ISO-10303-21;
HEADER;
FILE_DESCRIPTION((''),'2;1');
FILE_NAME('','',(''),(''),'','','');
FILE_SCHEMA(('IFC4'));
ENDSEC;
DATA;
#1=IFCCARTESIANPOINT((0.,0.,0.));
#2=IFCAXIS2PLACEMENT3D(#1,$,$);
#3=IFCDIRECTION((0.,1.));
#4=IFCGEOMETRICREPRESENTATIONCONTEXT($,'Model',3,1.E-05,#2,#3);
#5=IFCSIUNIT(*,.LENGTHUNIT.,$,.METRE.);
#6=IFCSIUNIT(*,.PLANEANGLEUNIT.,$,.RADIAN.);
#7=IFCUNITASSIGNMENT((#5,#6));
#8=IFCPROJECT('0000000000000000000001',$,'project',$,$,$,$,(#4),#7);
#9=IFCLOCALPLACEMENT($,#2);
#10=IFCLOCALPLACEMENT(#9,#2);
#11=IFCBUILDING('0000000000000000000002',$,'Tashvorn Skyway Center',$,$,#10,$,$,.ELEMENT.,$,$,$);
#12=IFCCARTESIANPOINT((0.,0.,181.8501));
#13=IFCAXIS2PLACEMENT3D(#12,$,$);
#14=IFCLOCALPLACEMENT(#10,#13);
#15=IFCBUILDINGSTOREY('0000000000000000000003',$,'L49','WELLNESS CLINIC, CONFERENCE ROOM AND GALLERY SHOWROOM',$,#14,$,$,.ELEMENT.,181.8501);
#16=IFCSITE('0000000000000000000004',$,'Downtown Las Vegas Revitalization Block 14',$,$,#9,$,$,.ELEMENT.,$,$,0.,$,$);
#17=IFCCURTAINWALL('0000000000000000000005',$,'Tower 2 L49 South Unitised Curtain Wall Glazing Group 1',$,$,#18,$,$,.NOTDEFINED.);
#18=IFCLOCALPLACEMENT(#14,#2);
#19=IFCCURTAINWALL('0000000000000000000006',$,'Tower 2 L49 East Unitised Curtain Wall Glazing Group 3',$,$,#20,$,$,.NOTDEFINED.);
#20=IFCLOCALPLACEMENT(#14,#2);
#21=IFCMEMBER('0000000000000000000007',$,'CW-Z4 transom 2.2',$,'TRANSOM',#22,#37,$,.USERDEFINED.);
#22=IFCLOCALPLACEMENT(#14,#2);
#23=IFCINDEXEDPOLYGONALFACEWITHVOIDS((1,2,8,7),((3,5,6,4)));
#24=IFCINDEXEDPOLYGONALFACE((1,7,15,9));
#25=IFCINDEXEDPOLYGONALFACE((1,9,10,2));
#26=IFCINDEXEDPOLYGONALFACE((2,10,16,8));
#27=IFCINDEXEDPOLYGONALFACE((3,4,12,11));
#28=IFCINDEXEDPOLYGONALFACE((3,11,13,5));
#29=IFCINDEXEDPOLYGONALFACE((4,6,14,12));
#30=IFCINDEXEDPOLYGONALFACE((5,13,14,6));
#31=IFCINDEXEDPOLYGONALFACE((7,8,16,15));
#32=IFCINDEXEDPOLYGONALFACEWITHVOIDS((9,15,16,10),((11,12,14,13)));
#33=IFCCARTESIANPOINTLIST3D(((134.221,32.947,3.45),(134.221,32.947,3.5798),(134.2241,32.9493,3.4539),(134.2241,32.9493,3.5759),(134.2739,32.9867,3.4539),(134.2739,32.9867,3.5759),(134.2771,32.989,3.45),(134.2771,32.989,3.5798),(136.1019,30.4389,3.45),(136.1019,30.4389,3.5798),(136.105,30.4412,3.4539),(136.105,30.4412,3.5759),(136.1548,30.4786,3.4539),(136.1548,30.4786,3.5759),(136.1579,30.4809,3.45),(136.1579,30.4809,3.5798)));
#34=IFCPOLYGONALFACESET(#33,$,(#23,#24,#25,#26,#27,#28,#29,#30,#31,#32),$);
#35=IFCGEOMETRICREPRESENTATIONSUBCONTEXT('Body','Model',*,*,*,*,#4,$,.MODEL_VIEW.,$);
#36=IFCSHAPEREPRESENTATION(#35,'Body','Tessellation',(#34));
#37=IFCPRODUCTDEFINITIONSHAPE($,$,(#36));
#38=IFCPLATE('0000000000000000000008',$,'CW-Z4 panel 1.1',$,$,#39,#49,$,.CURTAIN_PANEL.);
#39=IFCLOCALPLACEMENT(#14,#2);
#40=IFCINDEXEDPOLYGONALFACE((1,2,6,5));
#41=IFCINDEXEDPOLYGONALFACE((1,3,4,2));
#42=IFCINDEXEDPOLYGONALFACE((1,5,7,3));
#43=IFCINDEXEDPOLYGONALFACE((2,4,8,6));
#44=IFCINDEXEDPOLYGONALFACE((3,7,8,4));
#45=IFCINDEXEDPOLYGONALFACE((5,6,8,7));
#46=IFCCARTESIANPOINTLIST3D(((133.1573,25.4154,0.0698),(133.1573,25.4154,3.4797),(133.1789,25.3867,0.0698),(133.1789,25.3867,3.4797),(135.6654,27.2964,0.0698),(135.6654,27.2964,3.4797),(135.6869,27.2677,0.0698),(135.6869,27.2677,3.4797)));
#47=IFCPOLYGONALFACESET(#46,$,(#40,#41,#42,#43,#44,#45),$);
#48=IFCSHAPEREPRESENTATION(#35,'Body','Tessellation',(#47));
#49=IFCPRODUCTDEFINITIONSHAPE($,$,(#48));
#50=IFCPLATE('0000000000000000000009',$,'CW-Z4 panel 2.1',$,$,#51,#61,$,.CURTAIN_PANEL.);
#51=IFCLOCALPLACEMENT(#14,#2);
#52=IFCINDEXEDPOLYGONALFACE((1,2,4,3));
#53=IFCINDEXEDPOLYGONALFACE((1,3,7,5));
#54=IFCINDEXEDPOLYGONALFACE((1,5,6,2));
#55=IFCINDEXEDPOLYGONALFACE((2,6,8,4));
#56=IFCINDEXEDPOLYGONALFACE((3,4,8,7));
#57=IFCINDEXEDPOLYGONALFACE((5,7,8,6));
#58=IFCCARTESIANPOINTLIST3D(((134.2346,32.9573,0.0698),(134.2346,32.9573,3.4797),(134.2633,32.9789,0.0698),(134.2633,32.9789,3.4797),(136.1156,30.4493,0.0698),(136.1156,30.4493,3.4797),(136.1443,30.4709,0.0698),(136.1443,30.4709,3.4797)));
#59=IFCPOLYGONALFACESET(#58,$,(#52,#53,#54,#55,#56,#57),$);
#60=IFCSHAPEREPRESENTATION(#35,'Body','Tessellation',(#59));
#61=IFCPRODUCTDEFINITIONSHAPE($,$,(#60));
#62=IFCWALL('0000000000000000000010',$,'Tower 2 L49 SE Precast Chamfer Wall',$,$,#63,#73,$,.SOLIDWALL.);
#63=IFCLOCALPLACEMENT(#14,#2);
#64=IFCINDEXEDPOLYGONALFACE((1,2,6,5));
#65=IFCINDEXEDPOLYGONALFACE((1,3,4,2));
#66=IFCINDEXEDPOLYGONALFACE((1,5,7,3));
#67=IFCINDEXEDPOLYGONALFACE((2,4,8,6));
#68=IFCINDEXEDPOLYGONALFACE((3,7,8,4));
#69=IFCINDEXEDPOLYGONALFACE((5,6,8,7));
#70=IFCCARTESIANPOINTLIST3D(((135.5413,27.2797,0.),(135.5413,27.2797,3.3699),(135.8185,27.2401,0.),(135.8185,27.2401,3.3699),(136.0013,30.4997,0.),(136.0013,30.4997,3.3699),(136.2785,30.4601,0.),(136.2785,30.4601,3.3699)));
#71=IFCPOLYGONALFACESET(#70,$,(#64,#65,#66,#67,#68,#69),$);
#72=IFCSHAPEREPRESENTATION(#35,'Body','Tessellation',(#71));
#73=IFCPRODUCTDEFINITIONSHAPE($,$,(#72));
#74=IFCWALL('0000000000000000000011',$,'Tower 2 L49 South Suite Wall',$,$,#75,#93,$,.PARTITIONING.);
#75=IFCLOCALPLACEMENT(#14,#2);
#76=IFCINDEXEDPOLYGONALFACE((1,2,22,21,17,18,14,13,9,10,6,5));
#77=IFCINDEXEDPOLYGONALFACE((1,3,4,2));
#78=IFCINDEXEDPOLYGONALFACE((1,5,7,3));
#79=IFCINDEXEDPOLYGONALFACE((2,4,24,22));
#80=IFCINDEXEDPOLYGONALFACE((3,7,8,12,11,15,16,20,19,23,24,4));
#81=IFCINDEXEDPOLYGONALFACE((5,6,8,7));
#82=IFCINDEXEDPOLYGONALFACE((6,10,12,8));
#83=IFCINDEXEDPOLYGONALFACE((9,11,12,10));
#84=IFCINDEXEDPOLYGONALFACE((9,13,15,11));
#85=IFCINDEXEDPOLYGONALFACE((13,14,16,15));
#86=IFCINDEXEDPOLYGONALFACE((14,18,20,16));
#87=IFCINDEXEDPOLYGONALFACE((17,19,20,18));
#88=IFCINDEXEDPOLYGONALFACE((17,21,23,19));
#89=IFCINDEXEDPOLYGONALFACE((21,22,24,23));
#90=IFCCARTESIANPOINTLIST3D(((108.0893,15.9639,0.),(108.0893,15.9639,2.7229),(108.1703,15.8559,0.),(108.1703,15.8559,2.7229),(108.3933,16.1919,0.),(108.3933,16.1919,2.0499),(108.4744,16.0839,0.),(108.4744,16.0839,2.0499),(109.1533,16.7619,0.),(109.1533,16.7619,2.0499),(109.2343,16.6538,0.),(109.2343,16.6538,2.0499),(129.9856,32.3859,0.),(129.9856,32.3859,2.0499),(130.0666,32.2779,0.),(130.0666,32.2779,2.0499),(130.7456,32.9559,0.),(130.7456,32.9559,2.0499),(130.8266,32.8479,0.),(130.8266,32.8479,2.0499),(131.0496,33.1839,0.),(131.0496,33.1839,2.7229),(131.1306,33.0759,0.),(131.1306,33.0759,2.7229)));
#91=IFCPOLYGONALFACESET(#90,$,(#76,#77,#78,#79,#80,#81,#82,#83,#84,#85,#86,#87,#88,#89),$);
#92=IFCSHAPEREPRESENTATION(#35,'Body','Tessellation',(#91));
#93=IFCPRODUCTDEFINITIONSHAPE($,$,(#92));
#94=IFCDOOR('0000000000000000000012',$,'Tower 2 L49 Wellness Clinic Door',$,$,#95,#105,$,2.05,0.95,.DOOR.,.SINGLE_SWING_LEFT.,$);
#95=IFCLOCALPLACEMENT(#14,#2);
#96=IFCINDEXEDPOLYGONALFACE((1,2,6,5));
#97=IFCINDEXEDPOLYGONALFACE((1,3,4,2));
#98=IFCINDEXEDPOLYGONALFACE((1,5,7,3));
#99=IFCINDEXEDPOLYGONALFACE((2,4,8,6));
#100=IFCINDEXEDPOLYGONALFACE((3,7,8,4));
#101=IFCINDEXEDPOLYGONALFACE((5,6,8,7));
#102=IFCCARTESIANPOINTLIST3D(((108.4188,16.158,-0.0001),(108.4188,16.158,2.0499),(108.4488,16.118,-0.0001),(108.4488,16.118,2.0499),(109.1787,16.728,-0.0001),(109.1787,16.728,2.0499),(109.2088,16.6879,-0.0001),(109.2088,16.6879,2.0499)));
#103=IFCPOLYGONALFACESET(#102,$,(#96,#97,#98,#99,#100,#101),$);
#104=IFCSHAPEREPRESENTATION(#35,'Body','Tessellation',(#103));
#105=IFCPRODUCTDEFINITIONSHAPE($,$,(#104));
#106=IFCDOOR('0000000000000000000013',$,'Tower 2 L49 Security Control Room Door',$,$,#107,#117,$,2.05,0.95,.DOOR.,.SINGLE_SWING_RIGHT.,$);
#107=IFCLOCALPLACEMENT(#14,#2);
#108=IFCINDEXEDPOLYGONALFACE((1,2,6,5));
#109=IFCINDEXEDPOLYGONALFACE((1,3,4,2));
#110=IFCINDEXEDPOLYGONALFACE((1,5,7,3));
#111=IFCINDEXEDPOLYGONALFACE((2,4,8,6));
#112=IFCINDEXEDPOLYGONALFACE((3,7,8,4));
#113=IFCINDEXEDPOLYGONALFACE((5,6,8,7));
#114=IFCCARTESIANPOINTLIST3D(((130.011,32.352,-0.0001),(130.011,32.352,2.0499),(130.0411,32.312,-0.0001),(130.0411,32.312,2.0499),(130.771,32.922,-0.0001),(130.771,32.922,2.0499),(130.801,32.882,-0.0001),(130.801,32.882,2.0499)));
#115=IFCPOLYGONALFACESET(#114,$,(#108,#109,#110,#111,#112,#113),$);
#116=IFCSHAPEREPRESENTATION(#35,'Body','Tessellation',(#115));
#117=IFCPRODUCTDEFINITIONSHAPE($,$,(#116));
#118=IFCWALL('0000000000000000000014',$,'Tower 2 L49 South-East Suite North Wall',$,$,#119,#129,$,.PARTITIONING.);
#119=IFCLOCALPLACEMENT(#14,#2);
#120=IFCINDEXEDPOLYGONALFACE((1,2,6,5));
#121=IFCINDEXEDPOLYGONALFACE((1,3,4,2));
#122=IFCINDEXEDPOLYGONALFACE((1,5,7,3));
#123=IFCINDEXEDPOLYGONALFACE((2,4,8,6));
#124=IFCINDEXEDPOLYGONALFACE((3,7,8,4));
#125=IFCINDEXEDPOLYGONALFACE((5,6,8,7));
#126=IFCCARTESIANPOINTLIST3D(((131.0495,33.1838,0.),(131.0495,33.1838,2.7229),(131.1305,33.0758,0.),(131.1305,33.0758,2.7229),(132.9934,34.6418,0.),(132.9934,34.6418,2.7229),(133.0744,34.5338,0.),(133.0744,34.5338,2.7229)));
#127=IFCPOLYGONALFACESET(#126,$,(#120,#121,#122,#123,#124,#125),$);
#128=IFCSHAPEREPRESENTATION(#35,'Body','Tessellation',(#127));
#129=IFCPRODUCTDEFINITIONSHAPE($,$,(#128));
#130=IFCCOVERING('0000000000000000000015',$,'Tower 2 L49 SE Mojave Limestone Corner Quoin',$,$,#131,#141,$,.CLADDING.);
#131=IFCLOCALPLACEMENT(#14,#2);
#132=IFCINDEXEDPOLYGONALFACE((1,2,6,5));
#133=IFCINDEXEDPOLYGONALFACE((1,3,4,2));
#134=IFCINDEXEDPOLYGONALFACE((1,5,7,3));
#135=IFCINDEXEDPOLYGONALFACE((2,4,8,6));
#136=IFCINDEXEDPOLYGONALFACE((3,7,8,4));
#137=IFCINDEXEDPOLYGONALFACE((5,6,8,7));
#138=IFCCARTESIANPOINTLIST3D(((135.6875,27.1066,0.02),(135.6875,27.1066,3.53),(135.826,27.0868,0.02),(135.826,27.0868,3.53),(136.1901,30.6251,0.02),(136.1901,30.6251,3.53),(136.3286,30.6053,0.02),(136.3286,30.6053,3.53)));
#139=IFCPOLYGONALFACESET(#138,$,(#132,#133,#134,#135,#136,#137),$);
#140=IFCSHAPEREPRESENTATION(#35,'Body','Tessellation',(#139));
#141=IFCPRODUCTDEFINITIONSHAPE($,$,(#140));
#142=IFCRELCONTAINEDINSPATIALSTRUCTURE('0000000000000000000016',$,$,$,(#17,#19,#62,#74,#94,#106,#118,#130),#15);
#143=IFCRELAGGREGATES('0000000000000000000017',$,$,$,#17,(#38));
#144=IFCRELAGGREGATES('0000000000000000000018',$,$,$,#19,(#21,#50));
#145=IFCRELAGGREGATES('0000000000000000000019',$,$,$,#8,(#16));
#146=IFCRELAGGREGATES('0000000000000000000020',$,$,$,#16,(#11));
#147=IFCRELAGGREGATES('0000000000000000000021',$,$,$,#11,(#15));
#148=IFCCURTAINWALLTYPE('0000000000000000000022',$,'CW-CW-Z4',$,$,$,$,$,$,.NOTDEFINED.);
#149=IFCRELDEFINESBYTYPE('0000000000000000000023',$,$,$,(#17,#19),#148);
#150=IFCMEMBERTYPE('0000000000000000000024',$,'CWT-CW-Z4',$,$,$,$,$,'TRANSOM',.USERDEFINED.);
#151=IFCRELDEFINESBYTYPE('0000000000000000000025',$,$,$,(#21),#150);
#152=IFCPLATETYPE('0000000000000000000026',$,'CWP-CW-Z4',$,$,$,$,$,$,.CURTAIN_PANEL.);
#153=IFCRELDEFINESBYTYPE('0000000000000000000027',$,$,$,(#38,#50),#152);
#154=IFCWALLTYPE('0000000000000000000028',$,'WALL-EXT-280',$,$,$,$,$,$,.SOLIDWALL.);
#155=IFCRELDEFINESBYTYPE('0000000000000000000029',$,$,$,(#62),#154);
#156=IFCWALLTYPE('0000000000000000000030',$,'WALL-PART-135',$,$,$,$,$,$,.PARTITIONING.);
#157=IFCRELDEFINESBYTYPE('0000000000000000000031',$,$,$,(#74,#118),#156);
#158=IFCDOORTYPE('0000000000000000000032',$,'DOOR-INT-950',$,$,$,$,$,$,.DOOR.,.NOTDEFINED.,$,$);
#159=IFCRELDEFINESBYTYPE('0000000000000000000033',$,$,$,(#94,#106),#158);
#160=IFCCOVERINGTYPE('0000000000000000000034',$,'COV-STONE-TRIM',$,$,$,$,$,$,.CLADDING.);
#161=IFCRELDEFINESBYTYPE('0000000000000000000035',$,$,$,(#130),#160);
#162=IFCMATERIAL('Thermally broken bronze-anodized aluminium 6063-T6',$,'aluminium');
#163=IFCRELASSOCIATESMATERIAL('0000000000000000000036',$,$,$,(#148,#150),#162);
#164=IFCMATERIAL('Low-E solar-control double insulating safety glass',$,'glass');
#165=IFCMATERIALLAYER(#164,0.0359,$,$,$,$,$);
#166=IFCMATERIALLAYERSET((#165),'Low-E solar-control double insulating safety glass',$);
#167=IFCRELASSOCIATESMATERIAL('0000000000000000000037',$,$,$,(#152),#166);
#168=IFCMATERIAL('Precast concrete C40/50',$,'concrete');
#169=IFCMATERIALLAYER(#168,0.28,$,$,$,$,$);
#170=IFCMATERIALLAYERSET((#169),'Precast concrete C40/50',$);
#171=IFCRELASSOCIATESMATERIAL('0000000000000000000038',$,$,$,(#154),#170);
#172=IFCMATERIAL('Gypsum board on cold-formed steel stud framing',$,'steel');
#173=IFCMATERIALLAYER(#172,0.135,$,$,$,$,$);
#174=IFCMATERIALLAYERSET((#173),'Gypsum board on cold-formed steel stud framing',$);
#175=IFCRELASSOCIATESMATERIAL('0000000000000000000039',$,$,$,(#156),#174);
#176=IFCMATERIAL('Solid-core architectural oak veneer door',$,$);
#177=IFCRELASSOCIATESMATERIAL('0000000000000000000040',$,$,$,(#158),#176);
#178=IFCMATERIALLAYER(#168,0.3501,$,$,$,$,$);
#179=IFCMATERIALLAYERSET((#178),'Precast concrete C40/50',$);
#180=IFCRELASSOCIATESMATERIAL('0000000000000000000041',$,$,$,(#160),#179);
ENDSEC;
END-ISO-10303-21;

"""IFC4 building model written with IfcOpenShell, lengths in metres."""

from ifc_helpers import new_model, si_unit, direction, frame, frame_2d, origin, origin_2d, place, context, subcontext, project, spatial, rectangle, hollow_rectangle, extrude, material, layer, layer_set, material_profile, profile_set, type_object, element, fill, aggregate, save


model = new_model("IFC4")

# Units and contexts
model_context = context("Model", 3, precision=1e-05, world=origin(), true_north=direction((0.0, 1.0)))
body_context = subcontext(model_context, "Body", "Model", "MODEL_VIEW")
ifc_project = project(units=[si_unit("LENGTHUNIT", "METRE"), si_unit("PLANEANGLEUNIT", "RADIAN")], contexts=[model_context])

# Site, building, storey
site_placement = place(None, origin())
site = spatial("IfcSite", under=ifc_project, at=site_placement, Name="Downtown Las Vegas Revitalization Block 14", CompositionType="ELEMENT", RefElevation=0.0)
building_placement = place(site_placement, origin())
building = spatial("IfcBuilding", under=site, at=building_placement, Name="Tashvorn Skyway Center", CompositionType="ELEMENT")
storey_placement = place(building_placement, frame((0.0, 0.0, 181.8501)))
storey = spatial("IfcBuildingStorey", under=building, at=storey_placement, Name="L49", Description="WELLNESS CLINIC, CONFERENCE ROOM AND GALLERY SHOWROOM", CompositionType="ELEMENT", Elevation=181.8501)

# Curtain wall
ifc_material_1 = material(Name="Thermally broken bronze-anodized aluminium 6063-T6", Category="aluminium")
curtain_wall_type = type_object("IfcCurtainWallType", Name="CW-CW-Z4", PredefinedType="NOTDEFINED", material=ifc_material_1)
curtain_wall_1_placement = place(storey_placement, origin())
curtain_wall_1 = element("IfcCurtainWall", 1, at=curtain_wall_1_placement, inside=storey, type_object=curtain_wall_type, Name="Tower 2 L49 South Unitised Curtain Wall Glazing Group 1", PredefinedType="NOTDEFINED")

# Curtain wall
curtain_wall_2_placement = place(storey_placement, origin())
curtain_wall_2 = element("IfcCurtainWall", 2, at=curtain_wall_2_placement, inside=storey, type_object=curtain_wall_type, Name="Tower 2 L49 East Unitised Curtain Wall Glazing Group 3", PredefinedType="NOTDEFINED")

# Member
ifc_material_profile_1 = material_profile(ifc_material_1, hollow_rectangle(XDim=0.0701, YDim=0.1299, WallThickness=0.0039, at=origin_2d()), Name="ALU-TRAN-70x130")
ifc_profile_set_1 = profile_set([ifc_material_profile_1], Name="Thermally broken bronze-anodized aluminium 6063-T6")
member_type_1 = type_object("IfcMemberType", Name="CWT-CW-Z4", ElementType="TRANSOM", PredefinedType="USERDEFINED", material=ifc_profile_set_1)
member_1_placement = place(storey_placement, frame((134.249, 32.968, 3.5149), z_axis=(0.599963, -0.800028, 0.0), x_axis=(0.800028, 0.599963, 0.0)))
member_1 = element("IfcMember", 3, at=member_1_placement, type_object=member_type_1, Name="CW-Z4 transom 2.2", ObjectType="TRANSOM", PredefinedType="USERDEFINED", context=body_context, shape_type="SweptSolid", body=[
    extrude(hollow_rectangle(XDim=0.0701, YDim=0.1299, WallThickness=0.0039, at=origin_2d()), origin(), (0.0, 0.0, 1.0), 3.135),
])

# Plates
ifc_material_2 = material(Name="Low-E solar-control double insulating safety glass", Category="glass")
ifc_layer_1 = layer(ifc_material_2, 0.0359)
ifc_layer_set_1 = layer_set([ifc_layer_1], Name="Low-E solar-control double insulating safety glass")
plate_type = type_object("IfcPlateType", Name="CWP-CW-Z4", PredefinedType="CURTAIN_PANEL", material=ifc_layer_set_1)
plate_1_placement = place(storey_placement, frame((134.4221, 26.3416, 0.0698), z_axis=(0.0, 0.0, 1.0), x_axis=(-0.8, -0.6, 0.0)))
plate_1 = element("IfcPlate", 4, at=plate_1_placement, type_object=plate_type, Name="CW-Z4 panel 1.1", PredefinedType="CURTAIN_PANEL", context=body_context, shape_type="SweptSolid", body=[
    extrude(rectangle(XDim=3.135, YDim=0.0359, at=origin_2d()), origin(), (0.0, 0.0, 1.0), 3.4099),
])
aggregate(curtain_wall_1, [plate_1])
plate_2_placement = place(storey_placement, frame((135.1895, 31.7141, 0.0698), z_axis=(0.0, 0.0, 1.0), x_axis=(0.6, -0.8, 0.0)))
plate_2 = element("IfcPlate", 5, at=plate_2_placement, type_object=plate_type, Name="CW-Z4 panel 2.1", PredefinedType="CURTAIN_PANEL", context=body_context, shape_type="SweptSolid", body=[
    extrude(rectangle(XDim=3.135, YDim=0.0359, at=origin_2d()), origin(), (0.0, 0.0, 1.0), 3.4099),
])
aggregate(curtain_wall_2, [member_1, plate_2])

# Wall
ifc_material_3 = material(Name="Precast concrete C40/50", Category="concrete")
ifc_layer_2 = layer(ifc_material_3, 0.28)
ifc_layer_set_2 = layer_set([ifc_layer_2], Name="Precast concrete C40/50")
wall_type_1 = type_object("IfcWallType", Name="WALL-EXT-280", PredefinedType="SOLIDWALL", material=ifc_layer_set_2)
wall_1_placement = place(storey_placement, frame((136.1399, 30.48, 0.0), z_axis=(0.0, 0.0, 1.0), x_axis=(-0.141411, -0.989951, 0.0)))
element("IfcWall", 6, at=wall_1_placement, inside=storey, type_object=wall_type_1, Name="Tower 2 L49 SE Precast Chamfer Wall", PredefinedType="SOLIDWALL", context=body_context, shape_type="SweptSolid", body=[
    extrude(rectangle(XDim=3.2527, YDim=0.28, at=frame_2d((1.6265, 0.0))), origin(), (0.0, 0.0, 1.0), 3.3699),
])

# Wall, openings, doors
ifc_material_4 = material(Name="Gypsum board on cold-formed steel stud framing", Category="steel")
ifc_layer_3 = layer(ifc_material_4, 0.135)
ifc_layer_set_3 = layer_set([ifc_layer_3], Name="Gypsum board on cold-formed steel stud framing")
wall_type_2 = type_object("IfcWallType", Name="WALL-PART-135", PredefinedType="PARTITIONING", material=ifc_layer_set_3)
wall_2_placement = place(storey_placement, frame((131.0901, 33.1299, 0.0), z_axis=(0.0, 0.0, 1.0), x_axis=(-0.800003, -0.599996, 0.0)))
wall_2 = element("IfcWall", 7, at=wall_2_placement, inside=storey, type_object=wall_type_2, Name="Tower 2 L49 South Suite Wall", PredefinedType="PARTITIONING", context=body_context, shape_type="SweptSolid", body=[
    extrude(rectangle(XDim=28.7002, YDim=0.135, at=frame_2d((14.3501, 0.0))), origin(), (0.0, 0.0, 1.0), 2.7229),
])
opening_1_placement = place(wall_2_placement, frame((27.3701, 0.0, 0.0)))
opening_1 = element("IfcOpeningElement", 8, at=opening_1_placement, cuts=wall_2, PredefinedType="OPENING", context=body_context, shape_type="SweptSolid", body=[
    extrude(rectangle(XDim=0.95, YDim=2.05, at=frame_2d((0.4751, 1.0249))), frame((0.0, 0.0774, 0.0), z_axis=(0.0, -1.0, 0.0), x_axis=(1.0, 0.0, 0.0)), (0.0, 0.0, 1.0), 0.155),
])
opening_2_placement = place(wall_2_placement, frame((0.3799, 0.0, 0.0)))
opening_2 = element("IfcOpeningElement", 9, at=opening_2_placement, cuts=wall_2, PredefinedType="OPENING", context=body_context, shape_type="SweptSolid", body=[
    extrude(rectangle(XDim=0.95, YDim=2.05, at=frame_2d((0.4751, 1.0249))), frame((0.0, 0.0774, 0.0), z_axis=(0.0, -1.0, 0.0), x_axis=(1.0, 0.0, 0.0)), (0.0, 0.0, 1.0), 0.155),
])
ifc_material_5 = material(Name="Solid-core architectural oak veneer door")
door_type = type_object("IfcDoorType", Name="DOOR-INT-950", OperationType="NOTDEFINED", PredefinedType="DOOR", material=ifc_material_5)
door_1_placement = place(opening_1_placement, origin())
door_1 = element("IfcDoor", 10, at=door_1_placement, inside=storey, type_object=door_type, Name="Tower 2 L49 Wellness Clinic Door", OperationType="SINGLE_SWING_LEFT", OverallHeight=2.05, OverallWidth=0.95, PredefinedType="DOOR", context=body_context, shape_type="SweptSolid", body=[
    extrude(rectangle(XDim=0.95, YDim=2.05, at=frame_2d((0.4751, 1.0249))), frame((0.0, 0.0249, 0.0), z_axis=(0.0, -1.0, 0.0), x_axis=(1.0, 0.0, 0.0)), (0.0, 0.0, 1.0), 0.05),
])
fill(opening_1, door_1)
door_2_placement = place(opening_2_placement, origin())
door_2 = element("IfcDoor", 11, at=door_2_placement, inside=storey, type_object=door_type, Name="Tower 2 L49 Security Control Room Door", OperationType="SINGLE_SWING_RIGHT", OverallHeight=2.05, OverallWidth=0.95, PredefinedType="DOOR", context=body_context, shape_type="SweptSolid", body=[
    extrude(rectangle(XDim=0.95, YDim=2.05, at=frame_2d((0.4751, 1.0249))), frame((0.0, 0.0249, 0.0), z_axis=(0.0, -1.0, 0.0), x_axis=(1.0, 0.0, 0.0)), (0.0, 0.0, 1.0), 0.05),
])
fill(opening_2, door_2)

# Wall
wall_3_placement = place(storey_placement, frame((131.0901, 33.1299, 0.0), z_axis=(0.0, 0.0, 1.0), x_axis=(0.799976, 0.600032, 0.0)))
element("IfcWall", 12, at=wall_3_placement, inside=storey, type_object=wall_type_2, Name="Tower 2 L49 South-East Suite North Wall", PredefinedType="PARTITIONING", context=body_context, shape_type="SweptSolid", body=[
    extrude(rectangle(XDim=2.4299, YDim=0.135, at=frame_2d((1.2148, 0.0))), origin(), (0.0, 0.0, 1.0), 2.7229),
])

# Covering
ifc_layer_4 = layer(ifc_material_3, 0.3501)
ifc_layer_set_4 = layer_set([ifc_layer_4], Name="Precast concrete C40/50")
covering_type = type_object("IfcCoveringType", Name="COV-STONE-TRIM", PredefinedType="CLADDING", material=ifc_layer_set_4)
covering_placement = place(storey_placement, frame((136.0081, 28.856, 0.02), z_axis=(0.0, 0.0, 1.0), x_axis=(0.141421, 0.989949, 0.0)))
element("IfcCovering", 13, at=covering_placement, inside=storey, type_object=covering_type, Name="Tower 2 L49 SE Mojave Limestone Corner Quoin", PredefinedType="CLADDING", context=body_context, shape_type="SweptSolid", body=[
    extrude(rectangle(XDim=3.5542, YDim=0.1399, at=origin_2d()), origin(), (0.0, 0.0, 1.0), 3.51),
])

save(model, "model.ifc")
